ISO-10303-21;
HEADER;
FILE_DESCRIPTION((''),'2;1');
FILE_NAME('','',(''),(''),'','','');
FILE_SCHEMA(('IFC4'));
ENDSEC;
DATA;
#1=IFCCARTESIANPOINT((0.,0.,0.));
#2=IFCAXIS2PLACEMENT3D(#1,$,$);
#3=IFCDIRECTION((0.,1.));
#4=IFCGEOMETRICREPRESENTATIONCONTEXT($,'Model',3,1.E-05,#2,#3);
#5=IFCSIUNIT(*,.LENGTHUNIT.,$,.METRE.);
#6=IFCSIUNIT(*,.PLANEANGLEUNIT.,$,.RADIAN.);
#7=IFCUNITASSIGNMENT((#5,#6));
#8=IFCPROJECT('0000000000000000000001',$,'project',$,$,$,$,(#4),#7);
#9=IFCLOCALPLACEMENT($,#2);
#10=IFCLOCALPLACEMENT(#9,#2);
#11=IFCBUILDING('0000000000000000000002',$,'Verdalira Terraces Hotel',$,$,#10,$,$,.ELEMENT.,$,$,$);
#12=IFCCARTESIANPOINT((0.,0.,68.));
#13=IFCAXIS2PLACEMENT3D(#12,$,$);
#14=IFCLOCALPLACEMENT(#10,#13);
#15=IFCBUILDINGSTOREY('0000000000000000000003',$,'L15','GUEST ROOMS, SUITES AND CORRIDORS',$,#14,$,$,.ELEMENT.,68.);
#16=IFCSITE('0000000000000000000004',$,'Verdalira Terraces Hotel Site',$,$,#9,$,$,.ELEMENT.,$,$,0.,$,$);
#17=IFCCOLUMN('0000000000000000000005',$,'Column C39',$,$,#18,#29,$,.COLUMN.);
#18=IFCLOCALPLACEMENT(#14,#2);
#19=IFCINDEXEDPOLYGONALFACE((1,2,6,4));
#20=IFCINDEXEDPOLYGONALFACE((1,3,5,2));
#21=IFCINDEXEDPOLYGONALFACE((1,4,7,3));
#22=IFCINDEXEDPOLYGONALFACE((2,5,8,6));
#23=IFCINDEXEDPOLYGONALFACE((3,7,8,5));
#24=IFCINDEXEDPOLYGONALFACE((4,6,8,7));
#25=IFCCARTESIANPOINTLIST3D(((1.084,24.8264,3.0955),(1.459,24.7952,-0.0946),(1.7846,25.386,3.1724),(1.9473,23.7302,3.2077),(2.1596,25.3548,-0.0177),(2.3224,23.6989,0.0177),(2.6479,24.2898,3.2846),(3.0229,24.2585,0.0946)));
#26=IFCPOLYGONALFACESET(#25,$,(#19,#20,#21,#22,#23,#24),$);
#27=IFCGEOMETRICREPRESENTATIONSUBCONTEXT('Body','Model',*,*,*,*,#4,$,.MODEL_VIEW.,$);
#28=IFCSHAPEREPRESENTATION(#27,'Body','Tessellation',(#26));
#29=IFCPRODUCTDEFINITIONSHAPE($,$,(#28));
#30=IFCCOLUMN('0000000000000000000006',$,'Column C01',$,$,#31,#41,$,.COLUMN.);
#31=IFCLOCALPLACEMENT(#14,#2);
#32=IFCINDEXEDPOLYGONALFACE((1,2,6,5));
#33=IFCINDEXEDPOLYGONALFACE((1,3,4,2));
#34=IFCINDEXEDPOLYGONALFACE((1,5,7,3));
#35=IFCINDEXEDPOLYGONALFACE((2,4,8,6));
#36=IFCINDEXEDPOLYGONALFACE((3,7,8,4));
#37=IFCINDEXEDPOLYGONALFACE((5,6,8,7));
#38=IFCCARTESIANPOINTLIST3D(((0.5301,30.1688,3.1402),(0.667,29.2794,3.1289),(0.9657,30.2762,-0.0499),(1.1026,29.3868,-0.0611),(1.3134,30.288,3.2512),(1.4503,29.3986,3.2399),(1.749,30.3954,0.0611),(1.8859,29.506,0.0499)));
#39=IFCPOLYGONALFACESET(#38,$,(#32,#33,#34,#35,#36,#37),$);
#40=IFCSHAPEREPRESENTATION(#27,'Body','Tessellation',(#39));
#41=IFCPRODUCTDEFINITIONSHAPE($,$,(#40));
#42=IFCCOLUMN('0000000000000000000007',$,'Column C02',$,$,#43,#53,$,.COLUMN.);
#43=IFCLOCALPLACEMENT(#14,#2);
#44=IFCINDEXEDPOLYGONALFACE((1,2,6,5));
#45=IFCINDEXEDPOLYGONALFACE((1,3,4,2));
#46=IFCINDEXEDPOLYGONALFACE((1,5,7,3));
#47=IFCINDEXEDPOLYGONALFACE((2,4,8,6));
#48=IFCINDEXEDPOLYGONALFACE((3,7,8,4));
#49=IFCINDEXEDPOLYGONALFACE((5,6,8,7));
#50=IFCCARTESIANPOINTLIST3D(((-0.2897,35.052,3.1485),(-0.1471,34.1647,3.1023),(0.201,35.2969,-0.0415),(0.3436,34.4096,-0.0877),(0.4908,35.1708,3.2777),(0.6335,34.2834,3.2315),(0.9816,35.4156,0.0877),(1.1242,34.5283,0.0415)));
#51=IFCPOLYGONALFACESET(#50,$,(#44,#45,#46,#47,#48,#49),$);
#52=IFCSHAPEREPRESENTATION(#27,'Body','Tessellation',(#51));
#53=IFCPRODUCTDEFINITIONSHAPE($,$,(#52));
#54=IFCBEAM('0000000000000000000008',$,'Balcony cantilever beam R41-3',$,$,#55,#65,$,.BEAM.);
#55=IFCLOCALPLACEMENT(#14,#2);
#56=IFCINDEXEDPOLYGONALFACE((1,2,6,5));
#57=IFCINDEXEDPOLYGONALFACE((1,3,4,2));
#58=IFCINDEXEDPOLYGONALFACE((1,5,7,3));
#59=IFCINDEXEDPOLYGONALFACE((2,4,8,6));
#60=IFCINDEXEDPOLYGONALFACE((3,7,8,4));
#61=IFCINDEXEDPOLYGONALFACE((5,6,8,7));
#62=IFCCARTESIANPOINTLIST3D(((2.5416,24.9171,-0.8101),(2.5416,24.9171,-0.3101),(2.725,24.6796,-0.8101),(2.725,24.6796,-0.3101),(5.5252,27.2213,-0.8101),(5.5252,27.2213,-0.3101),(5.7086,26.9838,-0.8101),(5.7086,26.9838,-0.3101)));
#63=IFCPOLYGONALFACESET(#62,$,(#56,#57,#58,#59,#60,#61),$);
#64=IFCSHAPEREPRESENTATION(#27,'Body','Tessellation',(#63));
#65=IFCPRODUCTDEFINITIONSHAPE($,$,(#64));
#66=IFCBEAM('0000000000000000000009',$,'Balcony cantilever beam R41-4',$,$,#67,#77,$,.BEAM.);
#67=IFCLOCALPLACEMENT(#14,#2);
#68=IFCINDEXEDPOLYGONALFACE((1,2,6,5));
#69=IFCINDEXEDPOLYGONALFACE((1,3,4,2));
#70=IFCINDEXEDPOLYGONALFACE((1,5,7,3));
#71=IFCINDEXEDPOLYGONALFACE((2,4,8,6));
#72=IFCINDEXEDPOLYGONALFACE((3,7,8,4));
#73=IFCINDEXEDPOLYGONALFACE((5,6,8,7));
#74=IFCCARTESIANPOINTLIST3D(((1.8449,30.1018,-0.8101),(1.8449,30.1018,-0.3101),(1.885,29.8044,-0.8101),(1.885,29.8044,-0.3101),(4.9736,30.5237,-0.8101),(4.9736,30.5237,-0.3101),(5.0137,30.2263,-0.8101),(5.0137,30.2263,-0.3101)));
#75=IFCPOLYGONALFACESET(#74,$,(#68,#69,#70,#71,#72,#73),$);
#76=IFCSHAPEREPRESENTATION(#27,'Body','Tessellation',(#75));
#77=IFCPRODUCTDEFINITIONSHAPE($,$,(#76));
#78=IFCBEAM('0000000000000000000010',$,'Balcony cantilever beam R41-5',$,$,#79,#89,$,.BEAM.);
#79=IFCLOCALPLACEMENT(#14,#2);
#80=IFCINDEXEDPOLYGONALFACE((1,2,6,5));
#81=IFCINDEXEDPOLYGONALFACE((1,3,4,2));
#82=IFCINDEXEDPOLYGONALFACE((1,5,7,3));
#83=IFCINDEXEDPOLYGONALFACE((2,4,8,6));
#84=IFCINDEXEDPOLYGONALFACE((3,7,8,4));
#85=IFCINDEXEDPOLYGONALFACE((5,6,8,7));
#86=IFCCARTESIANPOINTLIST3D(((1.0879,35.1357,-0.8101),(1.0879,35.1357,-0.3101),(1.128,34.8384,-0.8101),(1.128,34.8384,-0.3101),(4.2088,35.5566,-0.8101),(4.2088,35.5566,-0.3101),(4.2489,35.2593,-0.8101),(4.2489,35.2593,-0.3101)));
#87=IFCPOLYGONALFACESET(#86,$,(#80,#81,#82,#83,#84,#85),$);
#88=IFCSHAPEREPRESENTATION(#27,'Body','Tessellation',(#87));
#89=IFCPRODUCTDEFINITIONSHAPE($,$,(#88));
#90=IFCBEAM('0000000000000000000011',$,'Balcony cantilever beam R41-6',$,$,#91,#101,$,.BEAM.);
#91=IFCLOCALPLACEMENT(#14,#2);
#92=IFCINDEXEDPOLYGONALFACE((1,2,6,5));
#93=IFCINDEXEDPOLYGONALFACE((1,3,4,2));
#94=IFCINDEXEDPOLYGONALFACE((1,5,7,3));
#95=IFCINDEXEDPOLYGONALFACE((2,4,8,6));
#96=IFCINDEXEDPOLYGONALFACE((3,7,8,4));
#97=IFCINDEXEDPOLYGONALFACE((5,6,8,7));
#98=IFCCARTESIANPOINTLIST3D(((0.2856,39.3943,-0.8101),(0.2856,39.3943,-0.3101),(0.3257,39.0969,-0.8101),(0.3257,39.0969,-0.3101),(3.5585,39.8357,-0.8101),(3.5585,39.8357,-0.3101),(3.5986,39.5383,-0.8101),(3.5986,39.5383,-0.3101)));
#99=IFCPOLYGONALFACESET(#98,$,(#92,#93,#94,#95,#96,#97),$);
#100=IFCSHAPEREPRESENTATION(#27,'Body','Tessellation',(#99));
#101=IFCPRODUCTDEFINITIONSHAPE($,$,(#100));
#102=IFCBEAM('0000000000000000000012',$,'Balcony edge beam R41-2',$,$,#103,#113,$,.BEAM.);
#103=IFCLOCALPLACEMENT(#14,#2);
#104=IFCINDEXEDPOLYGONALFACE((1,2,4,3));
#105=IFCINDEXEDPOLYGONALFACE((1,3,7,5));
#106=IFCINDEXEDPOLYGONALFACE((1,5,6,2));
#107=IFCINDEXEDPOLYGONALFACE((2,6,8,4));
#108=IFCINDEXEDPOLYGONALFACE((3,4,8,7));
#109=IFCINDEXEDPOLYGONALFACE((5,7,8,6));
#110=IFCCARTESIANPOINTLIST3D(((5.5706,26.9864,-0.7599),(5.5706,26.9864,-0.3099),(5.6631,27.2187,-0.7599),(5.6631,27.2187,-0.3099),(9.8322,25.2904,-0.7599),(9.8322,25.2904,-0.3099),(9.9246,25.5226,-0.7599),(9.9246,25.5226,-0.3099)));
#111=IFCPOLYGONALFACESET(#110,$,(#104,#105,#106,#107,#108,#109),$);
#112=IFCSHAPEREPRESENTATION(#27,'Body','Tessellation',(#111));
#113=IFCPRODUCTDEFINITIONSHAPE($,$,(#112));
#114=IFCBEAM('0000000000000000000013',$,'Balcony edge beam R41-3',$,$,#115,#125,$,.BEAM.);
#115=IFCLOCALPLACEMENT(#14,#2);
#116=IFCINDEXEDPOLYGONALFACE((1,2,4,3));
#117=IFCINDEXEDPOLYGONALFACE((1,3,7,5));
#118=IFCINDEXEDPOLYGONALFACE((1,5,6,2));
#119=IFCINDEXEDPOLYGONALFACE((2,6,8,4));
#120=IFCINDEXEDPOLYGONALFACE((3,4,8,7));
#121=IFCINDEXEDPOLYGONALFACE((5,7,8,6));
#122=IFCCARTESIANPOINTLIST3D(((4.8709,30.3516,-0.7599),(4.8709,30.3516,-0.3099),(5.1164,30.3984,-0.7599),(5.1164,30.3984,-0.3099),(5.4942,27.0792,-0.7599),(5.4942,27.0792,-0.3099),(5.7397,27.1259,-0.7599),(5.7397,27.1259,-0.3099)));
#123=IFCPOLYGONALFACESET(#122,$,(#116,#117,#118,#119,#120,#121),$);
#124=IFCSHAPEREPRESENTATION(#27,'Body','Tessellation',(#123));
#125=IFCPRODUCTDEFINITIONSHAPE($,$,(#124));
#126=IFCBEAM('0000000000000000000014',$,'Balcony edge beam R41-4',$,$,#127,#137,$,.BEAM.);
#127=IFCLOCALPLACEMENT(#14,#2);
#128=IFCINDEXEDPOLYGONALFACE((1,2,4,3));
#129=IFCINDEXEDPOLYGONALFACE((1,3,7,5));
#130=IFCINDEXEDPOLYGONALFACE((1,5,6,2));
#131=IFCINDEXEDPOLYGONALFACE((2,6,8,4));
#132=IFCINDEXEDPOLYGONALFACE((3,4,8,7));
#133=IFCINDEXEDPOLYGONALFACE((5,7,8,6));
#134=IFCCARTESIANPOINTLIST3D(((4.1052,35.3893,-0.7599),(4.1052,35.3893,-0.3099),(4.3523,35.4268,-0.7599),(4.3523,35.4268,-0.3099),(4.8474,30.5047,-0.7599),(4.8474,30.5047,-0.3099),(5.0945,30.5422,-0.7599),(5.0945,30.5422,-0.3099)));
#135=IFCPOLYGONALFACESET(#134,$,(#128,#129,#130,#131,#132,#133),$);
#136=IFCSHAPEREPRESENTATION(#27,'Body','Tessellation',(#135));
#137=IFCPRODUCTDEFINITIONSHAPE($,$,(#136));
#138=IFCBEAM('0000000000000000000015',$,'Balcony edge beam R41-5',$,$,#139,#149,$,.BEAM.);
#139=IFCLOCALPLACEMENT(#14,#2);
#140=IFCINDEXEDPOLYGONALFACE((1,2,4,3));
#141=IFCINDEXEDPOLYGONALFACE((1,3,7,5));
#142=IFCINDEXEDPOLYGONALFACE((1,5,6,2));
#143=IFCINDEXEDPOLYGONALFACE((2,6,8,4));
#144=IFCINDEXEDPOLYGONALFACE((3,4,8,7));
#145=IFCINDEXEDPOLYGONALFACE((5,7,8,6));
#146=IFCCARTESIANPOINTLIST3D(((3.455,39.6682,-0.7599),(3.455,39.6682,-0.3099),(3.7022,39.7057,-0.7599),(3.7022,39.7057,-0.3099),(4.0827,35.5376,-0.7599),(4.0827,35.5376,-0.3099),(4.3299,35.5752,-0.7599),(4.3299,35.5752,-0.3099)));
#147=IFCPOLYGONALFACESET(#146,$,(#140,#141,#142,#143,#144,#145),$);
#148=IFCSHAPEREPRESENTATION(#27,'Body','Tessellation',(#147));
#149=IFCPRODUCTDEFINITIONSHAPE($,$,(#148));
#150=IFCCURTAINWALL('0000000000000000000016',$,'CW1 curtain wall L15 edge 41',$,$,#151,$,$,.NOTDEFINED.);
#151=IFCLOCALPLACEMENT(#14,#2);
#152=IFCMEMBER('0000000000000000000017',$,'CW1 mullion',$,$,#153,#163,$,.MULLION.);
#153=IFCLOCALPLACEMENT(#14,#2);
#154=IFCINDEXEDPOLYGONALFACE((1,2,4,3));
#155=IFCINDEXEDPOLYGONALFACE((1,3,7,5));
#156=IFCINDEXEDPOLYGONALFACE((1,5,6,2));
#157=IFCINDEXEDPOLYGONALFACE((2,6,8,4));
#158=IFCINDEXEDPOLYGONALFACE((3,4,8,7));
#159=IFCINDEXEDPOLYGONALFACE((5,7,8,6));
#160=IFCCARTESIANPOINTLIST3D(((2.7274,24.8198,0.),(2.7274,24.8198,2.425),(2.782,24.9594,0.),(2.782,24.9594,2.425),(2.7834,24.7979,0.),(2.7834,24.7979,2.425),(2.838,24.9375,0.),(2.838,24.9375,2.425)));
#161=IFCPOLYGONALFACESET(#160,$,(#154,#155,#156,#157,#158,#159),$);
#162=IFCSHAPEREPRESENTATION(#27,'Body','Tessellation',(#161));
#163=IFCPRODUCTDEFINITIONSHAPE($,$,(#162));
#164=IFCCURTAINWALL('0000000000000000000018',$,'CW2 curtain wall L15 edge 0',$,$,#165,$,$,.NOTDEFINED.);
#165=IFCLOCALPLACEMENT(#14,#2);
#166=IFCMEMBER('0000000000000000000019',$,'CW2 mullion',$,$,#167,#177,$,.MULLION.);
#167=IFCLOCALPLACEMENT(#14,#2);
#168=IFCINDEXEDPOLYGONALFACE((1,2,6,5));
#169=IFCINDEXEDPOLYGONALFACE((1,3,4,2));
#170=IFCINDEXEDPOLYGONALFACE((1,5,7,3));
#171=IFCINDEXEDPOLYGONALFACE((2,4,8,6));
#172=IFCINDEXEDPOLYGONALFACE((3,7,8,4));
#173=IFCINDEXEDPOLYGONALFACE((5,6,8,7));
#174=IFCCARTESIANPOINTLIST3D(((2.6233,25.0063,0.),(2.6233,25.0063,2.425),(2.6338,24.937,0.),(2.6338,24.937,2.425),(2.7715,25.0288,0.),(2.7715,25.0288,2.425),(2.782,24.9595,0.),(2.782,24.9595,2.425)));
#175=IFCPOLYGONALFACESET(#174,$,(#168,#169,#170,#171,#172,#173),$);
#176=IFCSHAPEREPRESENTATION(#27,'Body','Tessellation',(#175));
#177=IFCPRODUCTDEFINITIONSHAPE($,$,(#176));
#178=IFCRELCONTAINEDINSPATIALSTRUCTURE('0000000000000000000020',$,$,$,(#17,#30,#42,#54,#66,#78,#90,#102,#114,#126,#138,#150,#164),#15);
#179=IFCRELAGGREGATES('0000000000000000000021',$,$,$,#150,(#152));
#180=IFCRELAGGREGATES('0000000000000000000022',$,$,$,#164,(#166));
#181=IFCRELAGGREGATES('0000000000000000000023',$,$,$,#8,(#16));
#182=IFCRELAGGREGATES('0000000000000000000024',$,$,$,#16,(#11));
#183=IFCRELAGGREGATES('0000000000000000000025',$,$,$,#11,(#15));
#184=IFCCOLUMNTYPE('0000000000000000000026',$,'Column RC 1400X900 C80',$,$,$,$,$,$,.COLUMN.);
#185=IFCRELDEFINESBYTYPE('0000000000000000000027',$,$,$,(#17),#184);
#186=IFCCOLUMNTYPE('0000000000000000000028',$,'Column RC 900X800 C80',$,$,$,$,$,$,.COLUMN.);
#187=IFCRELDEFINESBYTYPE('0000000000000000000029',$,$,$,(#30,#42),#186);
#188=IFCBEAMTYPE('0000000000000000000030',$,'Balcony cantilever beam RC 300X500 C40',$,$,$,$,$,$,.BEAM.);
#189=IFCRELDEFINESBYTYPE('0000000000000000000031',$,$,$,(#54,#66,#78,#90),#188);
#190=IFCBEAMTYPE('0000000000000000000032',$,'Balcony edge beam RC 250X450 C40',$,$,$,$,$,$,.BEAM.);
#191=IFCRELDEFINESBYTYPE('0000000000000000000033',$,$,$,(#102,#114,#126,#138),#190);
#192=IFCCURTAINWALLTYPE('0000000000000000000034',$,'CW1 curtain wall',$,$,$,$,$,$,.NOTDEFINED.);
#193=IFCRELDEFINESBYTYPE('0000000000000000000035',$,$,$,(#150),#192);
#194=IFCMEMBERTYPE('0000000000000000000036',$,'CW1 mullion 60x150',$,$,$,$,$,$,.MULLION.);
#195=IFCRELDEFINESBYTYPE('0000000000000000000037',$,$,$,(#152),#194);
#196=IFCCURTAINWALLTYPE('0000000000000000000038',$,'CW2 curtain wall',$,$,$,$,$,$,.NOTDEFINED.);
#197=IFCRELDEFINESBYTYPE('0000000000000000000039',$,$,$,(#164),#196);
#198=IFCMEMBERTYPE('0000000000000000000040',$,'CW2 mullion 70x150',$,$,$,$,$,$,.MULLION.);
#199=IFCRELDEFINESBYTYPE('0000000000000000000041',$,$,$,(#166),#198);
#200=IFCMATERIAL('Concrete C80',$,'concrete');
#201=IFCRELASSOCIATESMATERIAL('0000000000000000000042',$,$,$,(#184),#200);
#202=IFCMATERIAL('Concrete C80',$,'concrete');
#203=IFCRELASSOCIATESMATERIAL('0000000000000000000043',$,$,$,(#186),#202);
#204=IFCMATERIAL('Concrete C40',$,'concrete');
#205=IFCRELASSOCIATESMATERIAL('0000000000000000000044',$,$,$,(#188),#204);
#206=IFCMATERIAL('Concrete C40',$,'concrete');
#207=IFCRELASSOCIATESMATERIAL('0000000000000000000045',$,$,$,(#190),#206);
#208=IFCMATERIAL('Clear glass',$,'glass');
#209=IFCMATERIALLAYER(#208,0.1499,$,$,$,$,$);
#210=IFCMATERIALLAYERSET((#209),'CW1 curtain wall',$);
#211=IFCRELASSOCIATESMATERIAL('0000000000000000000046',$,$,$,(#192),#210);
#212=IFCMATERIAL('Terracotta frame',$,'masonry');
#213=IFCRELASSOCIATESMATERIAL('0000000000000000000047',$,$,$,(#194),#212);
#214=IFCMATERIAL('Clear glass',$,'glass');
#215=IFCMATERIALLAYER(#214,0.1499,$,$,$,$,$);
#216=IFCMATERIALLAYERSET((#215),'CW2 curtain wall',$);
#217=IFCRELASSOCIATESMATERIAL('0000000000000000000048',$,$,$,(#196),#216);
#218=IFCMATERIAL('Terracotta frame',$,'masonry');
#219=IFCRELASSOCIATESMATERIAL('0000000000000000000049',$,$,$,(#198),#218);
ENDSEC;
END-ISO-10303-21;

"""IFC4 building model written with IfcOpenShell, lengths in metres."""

from ifc_helpers import new_model, si_unit, direction, frame, origin, origin_2d, place, context, subcontext, project, spatial, rectangle, extrude, material, layer, layer_set, material_profile, profile_set, type_object, element, aggregate, save


model = new_model("IFC4")

# Units and contexts
model_context = context("Model", 3, precision=1e-05, world=origin(), true_north=direction((0.0, 1.0)))
body_context = subcontext(model_context, "Body", "Model", "MODEL_VIEW")
ifc_project = project(units=[si_unit("LENGTHUNIT", "METRE"), si_unit("PLANEANGLEUNIT", "RADIAN")], contexts=[model_context])

# Site, building, storey
site_placement = place(None, origin())
site = spatial("IfcSite", under=ifc_project, at=site_placement, Name="Verdalira Terraces Hotel Site", CompositionType="ELEMENT", RefElevation=0.0)
building_placement = place(site_placement, origin())
building = spatial("IfcBuilding", under=site, at=building_placement, Name="Verdalira Terraces Hotel", CompositionType="ELEMENT")
storey_placement = place(building_placement, frame((0.0, 0.0, 68.0)))
storey = spatial("IfcBuildingStorey", under=building, at=storey_placement, Name="L15", Description="GUEST ROOMS, SUITES AND CORRIDORS", CompositionType="ELEMENT", Elevation=68.0)

# Columns
ifc_material_1 = material(Name="Concrete C80", Category="concrete")
ifc_material_profile_1 = material_profile(ifc_material_1, rectangle(XDim=1.3999, YDim=0.8999, at=origin_2d()), Name="RC 1400X900")
ifc_profile_set_1 = profile_set([ifc_material_profile_1], Name="Concrete C80")
column_type_1 = type_object("IfcColumnType", Name="Column RC 1400X900 C80", PredefinedType="COLUMN", material=ifc_profile_set_1)
column_1_placement = place(storey_placement, frame((2.241, 24.5269, 0.0), z_axis=(-0.116748, 0.009729, 0.993114), x_axis=(0.616715, -0.783093, 0.080171)))
element("IfcColumn", 1, at=column_1_placement, inside=storey, type_object=column_type_1, Name="Column C39", PredefinedType="COLUMN", context=body_context, shape_type="SweptSolid", body=[
    extrude(rectangle(XDim=1.3999, YDim=0.8999, at=origin_2d()), origin(), (0.0, 0.0, 1.0), 3.2122),
])
ifc_material_2 = material(Name="Concrete C80", Category="concrete")
ifc_material_profile_2 = material_profile(ifc_material_2, rectangle(XDim=0.8999, YDim=0.8, at=origin_2d()), Name="RC 900X800")
ifc_profile_set_2 = profile_set([ifc_material_profile_2], Name="Concrete C80")
column_type_2 = type_object("IfcColumnType", Name="Column RC 900X800 C80", PredefinedType="COLUMN", material=ifc_profile_set_2)
column_2_placement = place(storey_placement, frame((1.4258, 29.8911, 0.0), z_axis=(-0.135207, -0.033347, 0.990256), x_axis=(-0.152178, 0.988274, 0.012502)))
element("IfcColumn", 2, at=column_2_placement, inside=storey, type_object=column_type_2, Name="Column C01", PredefinedType="COLUMN", context=body_context, shape_type="SweptSolid", body=[
    extrude(rectangle(XDim=0.8999, YDim=0.8, at=origin_2d()), origin(), (0.0, 0.0, 1.0), 3.2214),
])
column_3_placement = place(storey_placement, frame((0.6626, 34.9126, 0.0), z_axis=(-0.15161, -0.075654, 0.985541), x_axis=(-0.158515, 0.986023, 0.051306)))
element("IfcColumn", 3, at=column_3_placement, inside=storey, type_object=column_type_2, Name="Column C02", PredefinedType="COLUMN", context=body_context, shape_type="SweptSolid", body=[
    extrude(rectangle(XDim=0.8999, YDim=0.8, at=origin_2d()), origin(), (0.0, 0.0, 1.0), 3.2368),
])

# Beams
ifc_material_3 = material(Name="Concrete C40", Category="concrete")
ifc_material_profile_3 = material_profile(ifc_material_3, rectangle(XDim=0.3, YDim=0.5, at=origin_2d()), Name="RC 300X500")
ifc_profile_set_3 = profile_set([ifc_material_profile_3], Name="Concrete C40")
beam_type_1 = type_object("IfcBeamType", Name="Balcony cantilever beam RC 300X500 C40", PredefinedType="BEAM", material=ifc_profile_set_3)
beam_1_placement = place(storey_placement, frame((2.6333, 24.7983, -0.5601), z_axis=(0.791457, 0.611224, 0.0), x_axis=(-0.611224, 0.791457, 0.0)))
element("IfcBeam", 4, at=beam_1_placement, inside=storey, type_object=beam_type_1, Name="Balcony cantilever beam R41-3", PredefinedType="BEAM", context=body_context, shape_type="SweptSolid", body=[
    extrude(rectangle(XDim=0.3, YDim=0.5, at=origin_2d()), origin(), (0.0, 0.0, 1.0), 3.7698),
])
beam_2_placement = place(storey_placement, frame((1.865, 29.9531, -0.5601), z_axis=(0.991031, 0.133633, 0.0), x_axis=(-0.133633, 0.991031, 0.0)))
element("IfcBeam", 5, at=beam_2_placement, inside=storey, type_object=beam_type_1, Name="Balcony cantilever beam R41-4", PredefinedType="BEAM", context=body_context, shape_type="SweptSolid", body=[
    extrude(rectangle(XDim=0.3, YDim=0.5, at=origin_2d()), origin(), (0.0, 0.0, 1.0), 3.157),
])
beam_3_placement = place(storey_placement, frame((1.1079, 34.9871, -0.5601), z_axis=(0.991028, 0.133657, 0.0), x_axis=(-0.133657, 0.991028, 0.0)))
element("IfcBeam", 6, at=beam_3_placement, inside=storey, type_object=beam_type_1, Name="Balcony cantilever beam R41-5", PredefinedType="BEAM", context=body_context, shape_type="SweptSolid", body=[
    extrude(rectangle(XDim=0.3, YDim=0.5, at=origin_2d()), origin(), (0.0, 0.0, 1.0), 3.1492),
])
beam_4_placement = place(storey_placement, frame((0.3057, 39.2456, -0.5601), z_axis=(0.991028, 0.133655, 0.0), x_axis=(-0.133655, 0.991028, 0.0)))
element("IfcBeam", 7, at=beam_4_placement, inside=storey, type_object=beam_type_1, Name="Balcony cantilever beam R41-6", PredefinedType="BEAM", context=body_context, shape_type="SweptSolid", body=[
    extrude(rectangle(XDim=0.3, YDim=0.5, at=origin_2d()), origin(), (0.0, 0.0, 1.0), 3.3025),
])
ifc_material_4 = material(Name="Concrete C40", Category="concrete")
ifc_material_profile_4 = material_profile(ifc_material_4, rectangle(XDim=0.25, YDim=0.45, at=origin_2d()), Name="RC 250X450")
ifc_profile_set_4 = profile_set([ifc_material_profile_4], Name="Concrete C40")
beam_type_2 = type_object("IfcBeamType", Name="Balcony edge beam RC 250X450 C40", PredefinedType="BEAM", material=ifc_profile_set_4)
beam_5_placement = place(storey_placement, frame((9.8784, 25.4065, -0.5349), z_axis=(-0.929118, 0.369784, 0.0), x_axis=(-0.369784, -0.929118, 0.0)))
element("IfcBeam", 8, at=beam_5_placement, inside=storey, type_object=beam_type_2, Name="Balcony edge beam R41-2", PredefinedType="BEAM", context=body_context, shape_type="SweptSolid", body=[
    extrude(rectangle(XDim=0.25, YDim=0.45, at=origin_2d()), origin(), (0.0, 0.0, 1.0), 4.5867),
])
beam_6_placement = place(storey_placement, frame((5.6169, 27.1025, -0.5349), z_axis=(-0.187102, 0.98234, 0.0), x_axis=(-0.98234, -0.187102, 0.0)))
element("IfcBeam", 9, at=beam_6_placement, inside=storey, type_object=beam_type_2, Name="Balcony edge beam R41-3", PredefinedType="BEAM", context=body_context, shape_type="SweptSolid", body=[
    extrude(rectangle(XDim=0.25, YDim=0.45, at=origin_2d()), origin(), (0.0, 0.0, 1.0), 3.3313),
])
beam_7_placement = place(storey_placement, frame((4.9709, 30.5234, -0.5349), z_axis=(-0.150223, 0.988652, 0.0), x_axis=(-0.988652, -0.150223, 0.0)))
element("IfcBeam", 10, at=beam_7_placement, inside=storey, type_object=beam_type_2, Name="Balcony edge beam R41-4", PredefinedType="BEAM", context=body_context, shape_type="SweptSolid", body=[
    extrude(rectangle(XDim=0.25, YDim=0.45, at=origin_2d()), origin(), (0.0, 0.0, 1.0), 4.9407),
])
beam_8_placement = place(storey_placement, frame((4.2063, 35.5564, -0.5349), z_axis=(-0.150235, 0.98865, 0.0), x_axis=(-0.98865, -0.150235, 0.0)))
element("IfcBeam", 11, at=beam_8_placement, inside=storey, type_object=beam_type_2, Name="Balcony edge beam R41-5", PredefinedType="BEAM", context=body_context, shape_type="SweptSolid", body=[
    extrude(rectangle(XDim=0.25, YDim=0.45, at=origin_2d()), origin(), (0.0, 0.0, 1.0), 4.178),
])

# Curtain wall, member
ifc_material_5 = material(Name="Clear glass", Category="glass")
ifc_layer_1 = layer(ifc_material_5, 0.1499)
ifc_layer_set_1 = layer_set([ifc_layer_1], Name="CW1 curtain wall")
curtain_wall_type_1 = type_object("IfcCurtainWallType", Name="CW1 curtain wall", PredefinedType="NOTDEFINED", material=ifc_layer_set_1)
curtain_wall_1_placement = place(storey_placement, origin())
curtain_wall_1 = element("IfcCurtainWall", 12, at=curtain_wall_1_placement, inside=storey, type_object=curtain_wall_type_1, Name="CW1 curtain wall L15 edge 41", PredefinedType="NOTDEFINED")
ifc_material_6 = material(Name="Terracotta frame", Category="masonry")
ifc_material_profile_5 = material_profile(ifc_material_6, rectangle(XDim=0.0601, YDim=0.1499, at=origin_2d()), Name="MU 60x150")
ifc_profile_set_5 = profile_set([ifc_material_profile_5], Name="Terracotta frame")
member_type_1 = type_object("IfcMemberType", Name="CW1 mullion 60x150", PredefinedType="MULLION", material=ifc_profile_set_5)
member_1_placement = place(storey_placement, frame((2.7827, 24.8787, 0.0), z_axis=(0.0, 0.0, 1.0), x_axis=(-0.93131, 0.364227, 0.0)))
member_1 = element("IfcMember", 13, at=member_1_placement, type_object=member_type_1, Name="CW1 mullion", PredefinedType="MULLION", context=body_context, shape_type="SweptSolid", body=[
    extrude(rectangle(XDim=0.0601, YDim=0.1499, at=origin_2d()), origin(), (0.0, 0.0, 1.0), 2.425),
])

# Curtain wall, member
ifc_material_7 = material(Name="Clear glass", Category="glass")
ifc_layer_2 = layer(ifc_material_7, 0.1499)
ifc_layer_set_2 = layer_set([ifc_layer_2], Name="CW2 curtain wall")
curtain_wall_type_2 = type_object("IfcCurtainWallType", Name="CW2 curtain wall", PredefinedType="NOTDEFINED", material=ifc_layer_set_2)
curtain_wall_2_placement = place(storey_placement, origin())
curtain_wall_2 = element("IfcCurtainWall", 14, at=curtain_wall_2_placement, inside=storey, type_object=curtain_wall_type_2, Name="CW2 curtain wall L15 edge 0", PredefinedType="NOTDEFINED")
ifc_material_8 = material(Name="Terracotta frame", Category="masonry")
ifc_material_profile_6 = material_profile(ifc_material_8, rectangle(XDim=0.0701, YDim=0.1499, at=origin_2d()), Name="MU 70x150")
ifc_profile_set_6 = profile_set([ifc_material_profile_6], Name="Terracotta frame")
member_type_2 = type_object("IfcMemberType", Name="CW2 mullion 70x150", PredefinedType="MULLION", material=ifc_profile_set_6)
member_2_placement = place(storey_placement, frame((2.7026, 24.9829, 0.0), z_axis=(0.0, 0.0, 1.0), x_axis=(-0.150226, 0.988652, 0.0)))
member_2 = element("IfcMember", 15, at=member_2_placement, type_object=member_type_2, Name="CW2 mullion", PredefinedType="MULLION", context=body_context, shape_type="SweptSolid", body=[
    extrude(rectangle(XDim=0.0701, YDim=0.1499, at=origin_2d()), origin(), (0.0, 0.0, 1.0), 2.425),
])

aggregate(curtain_wall_1, [member_1])
aggregate(curtain_wall_2, [member_2])

save(model, "model.ifc")
